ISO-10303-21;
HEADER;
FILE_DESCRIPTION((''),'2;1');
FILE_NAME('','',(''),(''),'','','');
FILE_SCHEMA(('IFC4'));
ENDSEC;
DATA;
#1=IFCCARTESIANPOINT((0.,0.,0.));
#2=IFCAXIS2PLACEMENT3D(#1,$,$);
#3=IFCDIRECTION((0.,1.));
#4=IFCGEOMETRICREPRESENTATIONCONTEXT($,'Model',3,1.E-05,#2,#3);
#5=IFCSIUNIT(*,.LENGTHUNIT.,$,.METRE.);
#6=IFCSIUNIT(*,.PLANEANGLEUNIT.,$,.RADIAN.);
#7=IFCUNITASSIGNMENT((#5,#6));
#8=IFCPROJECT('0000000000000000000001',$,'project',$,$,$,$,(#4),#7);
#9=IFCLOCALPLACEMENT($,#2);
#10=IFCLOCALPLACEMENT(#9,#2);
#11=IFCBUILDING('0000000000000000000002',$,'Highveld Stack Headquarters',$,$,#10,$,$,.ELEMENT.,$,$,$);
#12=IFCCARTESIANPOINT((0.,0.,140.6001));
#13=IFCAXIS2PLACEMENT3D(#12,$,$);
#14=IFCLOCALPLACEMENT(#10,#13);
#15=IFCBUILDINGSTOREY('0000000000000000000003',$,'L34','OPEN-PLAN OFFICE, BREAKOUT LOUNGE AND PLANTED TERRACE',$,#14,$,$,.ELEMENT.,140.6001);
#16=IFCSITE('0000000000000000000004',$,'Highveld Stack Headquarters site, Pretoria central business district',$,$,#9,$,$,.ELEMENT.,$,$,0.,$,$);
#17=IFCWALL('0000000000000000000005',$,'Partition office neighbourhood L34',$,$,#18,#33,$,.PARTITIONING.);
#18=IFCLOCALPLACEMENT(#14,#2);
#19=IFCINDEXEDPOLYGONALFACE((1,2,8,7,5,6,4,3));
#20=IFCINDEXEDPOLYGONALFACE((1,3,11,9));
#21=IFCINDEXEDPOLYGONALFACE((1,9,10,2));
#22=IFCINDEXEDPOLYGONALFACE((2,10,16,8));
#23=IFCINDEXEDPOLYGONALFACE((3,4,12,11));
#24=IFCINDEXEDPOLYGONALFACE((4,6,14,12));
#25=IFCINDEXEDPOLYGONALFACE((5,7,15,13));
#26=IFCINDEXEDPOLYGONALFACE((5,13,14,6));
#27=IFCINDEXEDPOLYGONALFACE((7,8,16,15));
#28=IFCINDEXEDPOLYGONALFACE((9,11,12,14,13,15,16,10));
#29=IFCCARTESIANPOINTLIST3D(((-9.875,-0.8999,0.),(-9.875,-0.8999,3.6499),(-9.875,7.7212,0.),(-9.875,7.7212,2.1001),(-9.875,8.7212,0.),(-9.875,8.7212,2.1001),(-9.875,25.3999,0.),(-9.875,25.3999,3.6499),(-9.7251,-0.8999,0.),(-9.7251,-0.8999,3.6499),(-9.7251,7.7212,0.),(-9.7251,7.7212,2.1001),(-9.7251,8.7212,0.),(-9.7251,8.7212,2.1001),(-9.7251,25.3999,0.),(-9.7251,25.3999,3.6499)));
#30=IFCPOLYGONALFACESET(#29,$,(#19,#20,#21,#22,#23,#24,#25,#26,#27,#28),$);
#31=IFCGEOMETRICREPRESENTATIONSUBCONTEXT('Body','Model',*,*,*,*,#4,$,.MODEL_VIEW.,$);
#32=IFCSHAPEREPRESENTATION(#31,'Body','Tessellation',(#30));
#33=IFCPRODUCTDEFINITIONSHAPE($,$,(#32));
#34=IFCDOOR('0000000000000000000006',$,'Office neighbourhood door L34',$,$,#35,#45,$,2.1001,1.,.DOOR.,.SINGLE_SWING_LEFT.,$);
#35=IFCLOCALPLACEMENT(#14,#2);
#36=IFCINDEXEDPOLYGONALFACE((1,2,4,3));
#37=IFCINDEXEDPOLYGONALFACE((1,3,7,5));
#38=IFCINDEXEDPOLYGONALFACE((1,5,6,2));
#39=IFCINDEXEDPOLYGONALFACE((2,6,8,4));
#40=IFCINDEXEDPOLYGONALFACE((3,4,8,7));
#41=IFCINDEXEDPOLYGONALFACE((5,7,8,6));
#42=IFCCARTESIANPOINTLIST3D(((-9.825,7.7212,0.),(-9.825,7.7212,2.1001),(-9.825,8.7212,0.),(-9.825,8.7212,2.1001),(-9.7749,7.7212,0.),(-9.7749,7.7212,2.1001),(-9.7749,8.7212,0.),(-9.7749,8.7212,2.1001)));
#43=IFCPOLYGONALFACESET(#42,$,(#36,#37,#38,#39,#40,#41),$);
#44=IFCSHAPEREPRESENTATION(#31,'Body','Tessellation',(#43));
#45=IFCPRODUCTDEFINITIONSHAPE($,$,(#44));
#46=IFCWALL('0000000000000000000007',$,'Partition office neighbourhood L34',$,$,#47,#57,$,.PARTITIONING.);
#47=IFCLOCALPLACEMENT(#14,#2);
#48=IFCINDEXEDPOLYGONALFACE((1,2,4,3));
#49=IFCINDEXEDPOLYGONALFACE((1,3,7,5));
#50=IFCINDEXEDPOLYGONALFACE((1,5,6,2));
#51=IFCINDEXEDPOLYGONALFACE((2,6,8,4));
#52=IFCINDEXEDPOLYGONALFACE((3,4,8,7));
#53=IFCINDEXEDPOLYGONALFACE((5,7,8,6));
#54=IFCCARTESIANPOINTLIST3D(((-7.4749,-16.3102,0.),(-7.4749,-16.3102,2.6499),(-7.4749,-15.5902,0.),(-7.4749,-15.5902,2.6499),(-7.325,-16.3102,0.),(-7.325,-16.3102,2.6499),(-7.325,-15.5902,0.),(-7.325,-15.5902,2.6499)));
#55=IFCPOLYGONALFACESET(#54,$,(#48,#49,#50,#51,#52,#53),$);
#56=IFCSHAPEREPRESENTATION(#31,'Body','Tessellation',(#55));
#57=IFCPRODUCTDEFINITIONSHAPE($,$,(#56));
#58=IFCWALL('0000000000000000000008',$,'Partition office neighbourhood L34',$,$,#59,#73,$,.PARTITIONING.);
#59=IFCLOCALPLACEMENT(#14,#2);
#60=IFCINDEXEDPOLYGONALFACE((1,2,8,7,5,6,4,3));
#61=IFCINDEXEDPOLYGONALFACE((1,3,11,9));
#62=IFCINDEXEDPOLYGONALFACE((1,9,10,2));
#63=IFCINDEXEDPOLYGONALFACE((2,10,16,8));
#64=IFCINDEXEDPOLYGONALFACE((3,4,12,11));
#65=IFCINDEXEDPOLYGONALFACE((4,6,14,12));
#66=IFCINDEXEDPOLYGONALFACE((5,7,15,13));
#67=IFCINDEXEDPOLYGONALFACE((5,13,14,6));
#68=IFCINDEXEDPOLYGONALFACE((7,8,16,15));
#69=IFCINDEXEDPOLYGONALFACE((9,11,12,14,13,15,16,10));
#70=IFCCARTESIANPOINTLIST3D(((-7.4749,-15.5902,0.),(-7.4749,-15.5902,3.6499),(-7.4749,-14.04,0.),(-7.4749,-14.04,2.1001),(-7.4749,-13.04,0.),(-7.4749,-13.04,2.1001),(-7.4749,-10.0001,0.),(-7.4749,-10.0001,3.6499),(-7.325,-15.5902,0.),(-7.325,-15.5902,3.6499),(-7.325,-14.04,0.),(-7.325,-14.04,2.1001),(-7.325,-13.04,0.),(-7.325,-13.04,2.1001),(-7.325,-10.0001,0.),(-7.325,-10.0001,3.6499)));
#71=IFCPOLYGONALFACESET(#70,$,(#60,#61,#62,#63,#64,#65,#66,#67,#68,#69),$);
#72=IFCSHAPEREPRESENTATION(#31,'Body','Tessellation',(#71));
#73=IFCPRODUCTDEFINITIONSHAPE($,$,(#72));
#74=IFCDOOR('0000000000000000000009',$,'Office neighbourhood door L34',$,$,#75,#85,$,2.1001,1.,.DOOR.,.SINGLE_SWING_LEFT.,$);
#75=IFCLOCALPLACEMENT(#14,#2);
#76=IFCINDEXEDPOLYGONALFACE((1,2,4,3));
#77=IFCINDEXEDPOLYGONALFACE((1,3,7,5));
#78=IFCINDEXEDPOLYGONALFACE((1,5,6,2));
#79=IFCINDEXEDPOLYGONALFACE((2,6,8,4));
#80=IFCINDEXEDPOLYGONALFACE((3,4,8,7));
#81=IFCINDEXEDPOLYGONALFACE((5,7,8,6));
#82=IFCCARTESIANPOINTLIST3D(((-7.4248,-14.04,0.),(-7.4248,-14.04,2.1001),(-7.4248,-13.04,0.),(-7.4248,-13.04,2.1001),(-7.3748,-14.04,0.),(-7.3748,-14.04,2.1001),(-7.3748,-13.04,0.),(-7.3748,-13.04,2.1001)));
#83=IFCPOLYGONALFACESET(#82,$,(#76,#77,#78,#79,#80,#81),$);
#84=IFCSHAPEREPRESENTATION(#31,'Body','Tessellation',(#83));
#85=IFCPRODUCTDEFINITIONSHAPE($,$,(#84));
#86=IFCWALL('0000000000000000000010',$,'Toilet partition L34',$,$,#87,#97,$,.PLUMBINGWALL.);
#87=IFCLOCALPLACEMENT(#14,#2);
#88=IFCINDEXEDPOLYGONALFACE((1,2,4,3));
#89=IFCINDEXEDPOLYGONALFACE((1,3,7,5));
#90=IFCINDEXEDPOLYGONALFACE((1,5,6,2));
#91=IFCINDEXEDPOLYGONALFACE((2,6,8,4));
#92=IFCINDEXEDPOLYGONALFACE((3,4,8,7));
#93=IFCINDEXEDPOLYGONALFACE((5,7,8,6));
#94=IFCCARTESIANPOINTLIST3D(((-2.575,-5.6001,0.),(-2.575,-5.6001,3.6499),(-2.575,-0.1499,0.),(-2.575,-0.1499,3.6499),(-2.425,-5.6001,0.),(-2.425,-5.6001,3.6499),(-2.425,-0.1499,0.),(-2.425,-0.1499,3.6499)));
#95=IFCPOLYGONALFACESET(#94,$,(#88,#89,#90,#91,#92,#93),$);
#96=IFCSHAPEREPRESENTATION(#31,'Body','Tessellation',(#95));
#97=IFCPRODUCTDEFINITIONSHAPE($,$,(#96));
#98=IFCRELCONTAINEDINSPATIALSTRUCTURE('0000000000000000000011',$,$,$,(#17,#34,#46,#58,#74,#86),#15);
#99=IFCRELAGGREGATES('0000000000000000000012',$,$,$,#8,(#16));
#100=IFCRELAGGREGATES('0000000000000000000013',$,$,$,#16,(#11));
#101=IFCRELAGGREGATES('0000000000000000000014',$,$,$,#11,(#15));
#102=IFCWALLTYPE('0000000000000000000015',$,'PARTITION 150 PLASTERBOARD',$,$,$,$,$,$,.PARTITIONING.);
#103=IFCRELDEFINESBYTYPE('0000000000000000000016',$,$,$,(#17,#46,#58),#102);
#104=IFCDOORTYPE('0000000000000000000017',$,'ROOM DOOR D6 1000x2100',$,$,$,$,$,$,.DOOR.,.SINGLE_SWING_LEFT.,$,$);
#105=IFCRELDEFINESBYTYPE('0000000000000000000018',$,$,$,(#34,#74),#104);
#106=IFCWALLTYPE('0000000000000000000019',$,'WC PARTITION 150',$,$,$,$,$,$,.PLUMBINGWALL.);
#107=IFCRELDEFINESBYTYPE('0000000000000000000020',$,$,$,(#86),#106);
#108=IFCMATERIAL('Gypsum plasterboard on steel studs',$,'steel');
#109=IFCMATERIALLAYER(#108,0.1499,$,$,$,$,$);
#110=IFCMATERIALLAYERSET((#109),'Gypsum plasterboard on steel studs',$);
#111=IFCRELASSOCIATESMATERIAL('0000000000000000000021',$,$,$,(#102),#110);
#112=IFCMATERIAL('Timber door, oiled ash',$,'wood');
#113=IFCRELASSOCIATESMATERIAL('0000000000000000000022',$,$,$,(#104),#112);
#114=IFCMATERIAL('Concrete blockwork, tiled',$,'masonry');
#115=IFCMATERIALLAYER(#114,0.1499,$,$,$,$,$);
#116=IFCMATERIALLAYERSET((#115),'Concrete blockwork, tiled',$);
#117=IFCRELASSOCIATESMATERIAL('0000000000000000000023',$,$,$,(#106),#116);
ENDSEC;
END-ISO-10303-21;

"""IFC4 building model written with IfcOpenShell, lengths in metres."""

from ifc_helpers import new_model, si_unit, direction, frame, frame_2d, origin, place, context, subcontext, project, spatial, rectangle, extrude, material, layer, layer_set, type_object, element, fill, save


model = new_model("IFC4")

# Units and contexts
model_context = context("Model", 3, precision=1e-05, world=origin(), true_north=direction((0.0, 1.0)))
body_context = subcontext(model_context, "Body", "Model", "MODEL_VIEW")
ifc_project = project(units=[si_unit("LENGTHUNIT", "METRE"), si_unit("PLANEANGLEUNIT", "RADIAN")], contexts=[model_context])

# Site, building, storey
site_placement = place(None, origin())
site = spatial("IfcSite", under=ifc_project, at=site_placement, Name="Highveld Stack Headquarters site, Pretoria central business district", CompositionType="ELEMENT", RefElevation=0.0)
building_placement = place(site_placement, origin())
building = spatial("IfcBuilding", under=site, at=building_placement, Name="Highveld Stack Headquarters", CompositionType="ELEMENT")
storey_placement = place(building_placement, frame((0.0, 0.0, 140.6001)))
storey = spatial("IfcBuildingStorey", under=building, at=storey_placement, Name="L34", Description="OPEN-PLAN OFFICE, BREAKOUT LOUNGE AND PLANTED TERRACE", CompositionType="ELEMENT", Elevation=140.6001)

# Shared definitions
ifc_material_1 = material(Name="Gypsum plasterboard on steel studs", Category="steel")
ifc_layer_1 = layer(ifc_material_1, 0.1499)
ifc_layer_set_1 = layer_set([ifc_layer_1], Name="Gypsum plasterboard on steel studs")
wall_type_1 = type_object("IfcWallType", Name="PARTITION 150 PLASTERBOARD", PredefinedType="PARTITIONING", material=ifc_layer_set_1)
ifc_material_2 = material(Name="Timber door, oiled ash", Category="wood")
door_type_1 = type_object("IfcDoorType", Name="ROOM DOOR D6 1000x2100", OperationType="SINGLE_SWING_LEFT", PredefinedType="DOOR", material=ifc_material_2)

# Wall, opening, door
wall_1_placement = place(storey_placement, frame((-9.8, -0.8999, 0.0), z_axis=(0.0, 0.0, 1.0), x_axis=(0.0, 1.0, 0.0)))
wall_1 = element("IfcWall", 1, at=wall_1_placement, inside=storey, type_object=wall_type_1, Name="Partition office neighbourhood L34", PredefinedType="PARTITIONING", context=body_context, shape_type="SweptSolid", body=[
    extrude(rectangle(XDim=26.2998, YDim=0.1499, at=frame_2d((13.1499, 0.0))), origin(), (0.0, 0.0, 1.0), 3.6499),
])
opening_1_placement = place(wall_1_placement, frame((8.6211, 0.0, 0.0)))
opening_1 = element("IfcOpeningElement", 2, at=opening_1_placement, cuts=wall_1, PredefinedType="OPENING", context=body_context, shape_type="SweptSolid", body=[
    extrude(rectangle(XDim=1.0, YDim=2.1001, at=frame_2d((0.5, 1.05))), frame((0.0, 0.085, 0.0), z_axis=(0.0, -1.0, 0.0), x_axis=(1.0, 0.0, 0.0)), (0.0, 0.0, 1.0), 0.1699),
])
door_1_placement = place(opening_1_placement, origin())
door_1 = element("IfcDoor", 3, at=door_1_placement, inside=storey, type_object=door_type_1, Name="Office neighbourhood door L34", OperationType="SINGLE_SWING_LEFT", OverallHeight=2.1001, OverallWidth=1.0, PredefinedType="DOOR", context=body_context, shape_type="SweptSolid", body=[
    extrude(rectangle(XDim=1.0, YDim=2.1001, at=frame_2d((0.5, 1.05))), frame((0.0, 0.0249, 0.0), z_axis=(0.0, -1.0, 0.0), x_axis=(1.0, 0.0, 0.0)), (0.0, 0.0, 1.0), 0.05),
])
fill(opening_1, door_1)

# Wall
wall_2_placement = place(storey_placement, frame((-7.3999, -16.3101, 0.0), z_axis=(0.0, 0.0, 1.0), x_axis=(0.0, 1.0, 0.0)))
element("IfcWall", 4, at=wall_2_placement, inside=storey, type_object=wall_type_1, Name="Partition office neighbourhood L34", PredefinedType="PARTITIONING", context=body_context, shape_type="SweptSolid", body=[
    extrude(rectangle(XDim=0.72, YDim=0.1499, at=frame_2d((0.3599, 0.0))), origin(), (0.0, 0.0, 1.0), 2.6499),
])

# Wall, opening, door
wall_3_placement = place(storey_placement, frame((-7.3999, -15.5901, 0.0), z_axis=(0.0, 0.0, 1.0), x_axis=(0.0, 1.0, 0.0)))
wall_3 = element("IfcWall", 5, at=wall_3_placement, inside=storey, type_object=wall_type_1, Name="Partition office neighbourhood L34", PredefinedType="PARTITIONING", context=body_context, shape_type="SweptSolid", body=[
    extrude(rectangle(XDim=5.5901, YDim=0.1499, at=frame_2d((2.7949, 0.0))), origin(), (0.0, 0.0, 1.0), 3.6499),
])
opening_2_placement = place(wall_3_placement, frame((1.55, 0.0, 0.0)))
opening_2 = element("IfcOpeningElement", 6, at=opening_2_placement, cuts=wall_3, PredefinedType="OPENING", context=body_context, shape_type="SweptSolid", body=[
    extrude(rectangle(XDim=1.0, YDim=2.1001, at=frame_2d((0.5, 1.05))), frame((0.0, 0.085, 0.0), z_axis=(0.0, -1.0, 0.0), x_axis=(1.0, 0.0, 0.0)), (0.0, 0.0, 1.0), 0.1699),
])
door_2_placement = place(opening_2_placement, origin())
door_2 = element("IfcDoor", 7, at=door_2_placement, inside=storey, type_object=door_type_1, Name="Office neighbourhood door L34", OperationType="SINGLE_SWING_LEFT", OverallHeight=2.1001, OverallWidth=1.0, PredefinedType="DOOR", context=body_context, shape_type="SweptSolid", body=[
    extrude(rectangle(XDim=1.0, YDim=2.1001, at=frame_2d((0.5, 1.05))), frame((0.0, 0.0249, 0.0), z_axis=(0.0, -1.0, 0.0), x_axis=(1.0, 0.0, 0.0)), (0.0, 0.0, 1.0), 0.05),
])
fill(opening_2, door_2)

# Wall
ifc_material_3 = material(Name="Concrete blockwork, tiled", Category="masonry")
ifc_layer_2 = layer(ifc_material_3, 0.1499)
ifc_layer_set_2 = layer_set([ifc_layer_2], Name="Concrete blockwork, tiled")
wall_type_2 = type_object("IfcWallType", Name="WC PARTITION 150", PredefinedType="PLUMBINGWALL", material=ifc_layer_set_2)
wall_4_placement = place(storey_placement, frame((-2.5, -5.6001, 0.0), z_axis=(0.0, 0.0, 1.0), x_axis=(0.0, 1.0, 0.0)))
element("IfcWall", 8, at=wall_4_placement, inside=storey, type_object=wall_type_2, Name="Toilet partition L34", PredefinedType="PLUMBINGWALL", context=body_context, shape_type="SweptSolid", body=[
    extrude(rectangle(XDim=5.4502, YDim=0.1499, at=frame_2d((2.7251, 0.0))), origin(), (0.0, 0.0, 1.0), 3.6499),
])

save(model, "model.ifc")
